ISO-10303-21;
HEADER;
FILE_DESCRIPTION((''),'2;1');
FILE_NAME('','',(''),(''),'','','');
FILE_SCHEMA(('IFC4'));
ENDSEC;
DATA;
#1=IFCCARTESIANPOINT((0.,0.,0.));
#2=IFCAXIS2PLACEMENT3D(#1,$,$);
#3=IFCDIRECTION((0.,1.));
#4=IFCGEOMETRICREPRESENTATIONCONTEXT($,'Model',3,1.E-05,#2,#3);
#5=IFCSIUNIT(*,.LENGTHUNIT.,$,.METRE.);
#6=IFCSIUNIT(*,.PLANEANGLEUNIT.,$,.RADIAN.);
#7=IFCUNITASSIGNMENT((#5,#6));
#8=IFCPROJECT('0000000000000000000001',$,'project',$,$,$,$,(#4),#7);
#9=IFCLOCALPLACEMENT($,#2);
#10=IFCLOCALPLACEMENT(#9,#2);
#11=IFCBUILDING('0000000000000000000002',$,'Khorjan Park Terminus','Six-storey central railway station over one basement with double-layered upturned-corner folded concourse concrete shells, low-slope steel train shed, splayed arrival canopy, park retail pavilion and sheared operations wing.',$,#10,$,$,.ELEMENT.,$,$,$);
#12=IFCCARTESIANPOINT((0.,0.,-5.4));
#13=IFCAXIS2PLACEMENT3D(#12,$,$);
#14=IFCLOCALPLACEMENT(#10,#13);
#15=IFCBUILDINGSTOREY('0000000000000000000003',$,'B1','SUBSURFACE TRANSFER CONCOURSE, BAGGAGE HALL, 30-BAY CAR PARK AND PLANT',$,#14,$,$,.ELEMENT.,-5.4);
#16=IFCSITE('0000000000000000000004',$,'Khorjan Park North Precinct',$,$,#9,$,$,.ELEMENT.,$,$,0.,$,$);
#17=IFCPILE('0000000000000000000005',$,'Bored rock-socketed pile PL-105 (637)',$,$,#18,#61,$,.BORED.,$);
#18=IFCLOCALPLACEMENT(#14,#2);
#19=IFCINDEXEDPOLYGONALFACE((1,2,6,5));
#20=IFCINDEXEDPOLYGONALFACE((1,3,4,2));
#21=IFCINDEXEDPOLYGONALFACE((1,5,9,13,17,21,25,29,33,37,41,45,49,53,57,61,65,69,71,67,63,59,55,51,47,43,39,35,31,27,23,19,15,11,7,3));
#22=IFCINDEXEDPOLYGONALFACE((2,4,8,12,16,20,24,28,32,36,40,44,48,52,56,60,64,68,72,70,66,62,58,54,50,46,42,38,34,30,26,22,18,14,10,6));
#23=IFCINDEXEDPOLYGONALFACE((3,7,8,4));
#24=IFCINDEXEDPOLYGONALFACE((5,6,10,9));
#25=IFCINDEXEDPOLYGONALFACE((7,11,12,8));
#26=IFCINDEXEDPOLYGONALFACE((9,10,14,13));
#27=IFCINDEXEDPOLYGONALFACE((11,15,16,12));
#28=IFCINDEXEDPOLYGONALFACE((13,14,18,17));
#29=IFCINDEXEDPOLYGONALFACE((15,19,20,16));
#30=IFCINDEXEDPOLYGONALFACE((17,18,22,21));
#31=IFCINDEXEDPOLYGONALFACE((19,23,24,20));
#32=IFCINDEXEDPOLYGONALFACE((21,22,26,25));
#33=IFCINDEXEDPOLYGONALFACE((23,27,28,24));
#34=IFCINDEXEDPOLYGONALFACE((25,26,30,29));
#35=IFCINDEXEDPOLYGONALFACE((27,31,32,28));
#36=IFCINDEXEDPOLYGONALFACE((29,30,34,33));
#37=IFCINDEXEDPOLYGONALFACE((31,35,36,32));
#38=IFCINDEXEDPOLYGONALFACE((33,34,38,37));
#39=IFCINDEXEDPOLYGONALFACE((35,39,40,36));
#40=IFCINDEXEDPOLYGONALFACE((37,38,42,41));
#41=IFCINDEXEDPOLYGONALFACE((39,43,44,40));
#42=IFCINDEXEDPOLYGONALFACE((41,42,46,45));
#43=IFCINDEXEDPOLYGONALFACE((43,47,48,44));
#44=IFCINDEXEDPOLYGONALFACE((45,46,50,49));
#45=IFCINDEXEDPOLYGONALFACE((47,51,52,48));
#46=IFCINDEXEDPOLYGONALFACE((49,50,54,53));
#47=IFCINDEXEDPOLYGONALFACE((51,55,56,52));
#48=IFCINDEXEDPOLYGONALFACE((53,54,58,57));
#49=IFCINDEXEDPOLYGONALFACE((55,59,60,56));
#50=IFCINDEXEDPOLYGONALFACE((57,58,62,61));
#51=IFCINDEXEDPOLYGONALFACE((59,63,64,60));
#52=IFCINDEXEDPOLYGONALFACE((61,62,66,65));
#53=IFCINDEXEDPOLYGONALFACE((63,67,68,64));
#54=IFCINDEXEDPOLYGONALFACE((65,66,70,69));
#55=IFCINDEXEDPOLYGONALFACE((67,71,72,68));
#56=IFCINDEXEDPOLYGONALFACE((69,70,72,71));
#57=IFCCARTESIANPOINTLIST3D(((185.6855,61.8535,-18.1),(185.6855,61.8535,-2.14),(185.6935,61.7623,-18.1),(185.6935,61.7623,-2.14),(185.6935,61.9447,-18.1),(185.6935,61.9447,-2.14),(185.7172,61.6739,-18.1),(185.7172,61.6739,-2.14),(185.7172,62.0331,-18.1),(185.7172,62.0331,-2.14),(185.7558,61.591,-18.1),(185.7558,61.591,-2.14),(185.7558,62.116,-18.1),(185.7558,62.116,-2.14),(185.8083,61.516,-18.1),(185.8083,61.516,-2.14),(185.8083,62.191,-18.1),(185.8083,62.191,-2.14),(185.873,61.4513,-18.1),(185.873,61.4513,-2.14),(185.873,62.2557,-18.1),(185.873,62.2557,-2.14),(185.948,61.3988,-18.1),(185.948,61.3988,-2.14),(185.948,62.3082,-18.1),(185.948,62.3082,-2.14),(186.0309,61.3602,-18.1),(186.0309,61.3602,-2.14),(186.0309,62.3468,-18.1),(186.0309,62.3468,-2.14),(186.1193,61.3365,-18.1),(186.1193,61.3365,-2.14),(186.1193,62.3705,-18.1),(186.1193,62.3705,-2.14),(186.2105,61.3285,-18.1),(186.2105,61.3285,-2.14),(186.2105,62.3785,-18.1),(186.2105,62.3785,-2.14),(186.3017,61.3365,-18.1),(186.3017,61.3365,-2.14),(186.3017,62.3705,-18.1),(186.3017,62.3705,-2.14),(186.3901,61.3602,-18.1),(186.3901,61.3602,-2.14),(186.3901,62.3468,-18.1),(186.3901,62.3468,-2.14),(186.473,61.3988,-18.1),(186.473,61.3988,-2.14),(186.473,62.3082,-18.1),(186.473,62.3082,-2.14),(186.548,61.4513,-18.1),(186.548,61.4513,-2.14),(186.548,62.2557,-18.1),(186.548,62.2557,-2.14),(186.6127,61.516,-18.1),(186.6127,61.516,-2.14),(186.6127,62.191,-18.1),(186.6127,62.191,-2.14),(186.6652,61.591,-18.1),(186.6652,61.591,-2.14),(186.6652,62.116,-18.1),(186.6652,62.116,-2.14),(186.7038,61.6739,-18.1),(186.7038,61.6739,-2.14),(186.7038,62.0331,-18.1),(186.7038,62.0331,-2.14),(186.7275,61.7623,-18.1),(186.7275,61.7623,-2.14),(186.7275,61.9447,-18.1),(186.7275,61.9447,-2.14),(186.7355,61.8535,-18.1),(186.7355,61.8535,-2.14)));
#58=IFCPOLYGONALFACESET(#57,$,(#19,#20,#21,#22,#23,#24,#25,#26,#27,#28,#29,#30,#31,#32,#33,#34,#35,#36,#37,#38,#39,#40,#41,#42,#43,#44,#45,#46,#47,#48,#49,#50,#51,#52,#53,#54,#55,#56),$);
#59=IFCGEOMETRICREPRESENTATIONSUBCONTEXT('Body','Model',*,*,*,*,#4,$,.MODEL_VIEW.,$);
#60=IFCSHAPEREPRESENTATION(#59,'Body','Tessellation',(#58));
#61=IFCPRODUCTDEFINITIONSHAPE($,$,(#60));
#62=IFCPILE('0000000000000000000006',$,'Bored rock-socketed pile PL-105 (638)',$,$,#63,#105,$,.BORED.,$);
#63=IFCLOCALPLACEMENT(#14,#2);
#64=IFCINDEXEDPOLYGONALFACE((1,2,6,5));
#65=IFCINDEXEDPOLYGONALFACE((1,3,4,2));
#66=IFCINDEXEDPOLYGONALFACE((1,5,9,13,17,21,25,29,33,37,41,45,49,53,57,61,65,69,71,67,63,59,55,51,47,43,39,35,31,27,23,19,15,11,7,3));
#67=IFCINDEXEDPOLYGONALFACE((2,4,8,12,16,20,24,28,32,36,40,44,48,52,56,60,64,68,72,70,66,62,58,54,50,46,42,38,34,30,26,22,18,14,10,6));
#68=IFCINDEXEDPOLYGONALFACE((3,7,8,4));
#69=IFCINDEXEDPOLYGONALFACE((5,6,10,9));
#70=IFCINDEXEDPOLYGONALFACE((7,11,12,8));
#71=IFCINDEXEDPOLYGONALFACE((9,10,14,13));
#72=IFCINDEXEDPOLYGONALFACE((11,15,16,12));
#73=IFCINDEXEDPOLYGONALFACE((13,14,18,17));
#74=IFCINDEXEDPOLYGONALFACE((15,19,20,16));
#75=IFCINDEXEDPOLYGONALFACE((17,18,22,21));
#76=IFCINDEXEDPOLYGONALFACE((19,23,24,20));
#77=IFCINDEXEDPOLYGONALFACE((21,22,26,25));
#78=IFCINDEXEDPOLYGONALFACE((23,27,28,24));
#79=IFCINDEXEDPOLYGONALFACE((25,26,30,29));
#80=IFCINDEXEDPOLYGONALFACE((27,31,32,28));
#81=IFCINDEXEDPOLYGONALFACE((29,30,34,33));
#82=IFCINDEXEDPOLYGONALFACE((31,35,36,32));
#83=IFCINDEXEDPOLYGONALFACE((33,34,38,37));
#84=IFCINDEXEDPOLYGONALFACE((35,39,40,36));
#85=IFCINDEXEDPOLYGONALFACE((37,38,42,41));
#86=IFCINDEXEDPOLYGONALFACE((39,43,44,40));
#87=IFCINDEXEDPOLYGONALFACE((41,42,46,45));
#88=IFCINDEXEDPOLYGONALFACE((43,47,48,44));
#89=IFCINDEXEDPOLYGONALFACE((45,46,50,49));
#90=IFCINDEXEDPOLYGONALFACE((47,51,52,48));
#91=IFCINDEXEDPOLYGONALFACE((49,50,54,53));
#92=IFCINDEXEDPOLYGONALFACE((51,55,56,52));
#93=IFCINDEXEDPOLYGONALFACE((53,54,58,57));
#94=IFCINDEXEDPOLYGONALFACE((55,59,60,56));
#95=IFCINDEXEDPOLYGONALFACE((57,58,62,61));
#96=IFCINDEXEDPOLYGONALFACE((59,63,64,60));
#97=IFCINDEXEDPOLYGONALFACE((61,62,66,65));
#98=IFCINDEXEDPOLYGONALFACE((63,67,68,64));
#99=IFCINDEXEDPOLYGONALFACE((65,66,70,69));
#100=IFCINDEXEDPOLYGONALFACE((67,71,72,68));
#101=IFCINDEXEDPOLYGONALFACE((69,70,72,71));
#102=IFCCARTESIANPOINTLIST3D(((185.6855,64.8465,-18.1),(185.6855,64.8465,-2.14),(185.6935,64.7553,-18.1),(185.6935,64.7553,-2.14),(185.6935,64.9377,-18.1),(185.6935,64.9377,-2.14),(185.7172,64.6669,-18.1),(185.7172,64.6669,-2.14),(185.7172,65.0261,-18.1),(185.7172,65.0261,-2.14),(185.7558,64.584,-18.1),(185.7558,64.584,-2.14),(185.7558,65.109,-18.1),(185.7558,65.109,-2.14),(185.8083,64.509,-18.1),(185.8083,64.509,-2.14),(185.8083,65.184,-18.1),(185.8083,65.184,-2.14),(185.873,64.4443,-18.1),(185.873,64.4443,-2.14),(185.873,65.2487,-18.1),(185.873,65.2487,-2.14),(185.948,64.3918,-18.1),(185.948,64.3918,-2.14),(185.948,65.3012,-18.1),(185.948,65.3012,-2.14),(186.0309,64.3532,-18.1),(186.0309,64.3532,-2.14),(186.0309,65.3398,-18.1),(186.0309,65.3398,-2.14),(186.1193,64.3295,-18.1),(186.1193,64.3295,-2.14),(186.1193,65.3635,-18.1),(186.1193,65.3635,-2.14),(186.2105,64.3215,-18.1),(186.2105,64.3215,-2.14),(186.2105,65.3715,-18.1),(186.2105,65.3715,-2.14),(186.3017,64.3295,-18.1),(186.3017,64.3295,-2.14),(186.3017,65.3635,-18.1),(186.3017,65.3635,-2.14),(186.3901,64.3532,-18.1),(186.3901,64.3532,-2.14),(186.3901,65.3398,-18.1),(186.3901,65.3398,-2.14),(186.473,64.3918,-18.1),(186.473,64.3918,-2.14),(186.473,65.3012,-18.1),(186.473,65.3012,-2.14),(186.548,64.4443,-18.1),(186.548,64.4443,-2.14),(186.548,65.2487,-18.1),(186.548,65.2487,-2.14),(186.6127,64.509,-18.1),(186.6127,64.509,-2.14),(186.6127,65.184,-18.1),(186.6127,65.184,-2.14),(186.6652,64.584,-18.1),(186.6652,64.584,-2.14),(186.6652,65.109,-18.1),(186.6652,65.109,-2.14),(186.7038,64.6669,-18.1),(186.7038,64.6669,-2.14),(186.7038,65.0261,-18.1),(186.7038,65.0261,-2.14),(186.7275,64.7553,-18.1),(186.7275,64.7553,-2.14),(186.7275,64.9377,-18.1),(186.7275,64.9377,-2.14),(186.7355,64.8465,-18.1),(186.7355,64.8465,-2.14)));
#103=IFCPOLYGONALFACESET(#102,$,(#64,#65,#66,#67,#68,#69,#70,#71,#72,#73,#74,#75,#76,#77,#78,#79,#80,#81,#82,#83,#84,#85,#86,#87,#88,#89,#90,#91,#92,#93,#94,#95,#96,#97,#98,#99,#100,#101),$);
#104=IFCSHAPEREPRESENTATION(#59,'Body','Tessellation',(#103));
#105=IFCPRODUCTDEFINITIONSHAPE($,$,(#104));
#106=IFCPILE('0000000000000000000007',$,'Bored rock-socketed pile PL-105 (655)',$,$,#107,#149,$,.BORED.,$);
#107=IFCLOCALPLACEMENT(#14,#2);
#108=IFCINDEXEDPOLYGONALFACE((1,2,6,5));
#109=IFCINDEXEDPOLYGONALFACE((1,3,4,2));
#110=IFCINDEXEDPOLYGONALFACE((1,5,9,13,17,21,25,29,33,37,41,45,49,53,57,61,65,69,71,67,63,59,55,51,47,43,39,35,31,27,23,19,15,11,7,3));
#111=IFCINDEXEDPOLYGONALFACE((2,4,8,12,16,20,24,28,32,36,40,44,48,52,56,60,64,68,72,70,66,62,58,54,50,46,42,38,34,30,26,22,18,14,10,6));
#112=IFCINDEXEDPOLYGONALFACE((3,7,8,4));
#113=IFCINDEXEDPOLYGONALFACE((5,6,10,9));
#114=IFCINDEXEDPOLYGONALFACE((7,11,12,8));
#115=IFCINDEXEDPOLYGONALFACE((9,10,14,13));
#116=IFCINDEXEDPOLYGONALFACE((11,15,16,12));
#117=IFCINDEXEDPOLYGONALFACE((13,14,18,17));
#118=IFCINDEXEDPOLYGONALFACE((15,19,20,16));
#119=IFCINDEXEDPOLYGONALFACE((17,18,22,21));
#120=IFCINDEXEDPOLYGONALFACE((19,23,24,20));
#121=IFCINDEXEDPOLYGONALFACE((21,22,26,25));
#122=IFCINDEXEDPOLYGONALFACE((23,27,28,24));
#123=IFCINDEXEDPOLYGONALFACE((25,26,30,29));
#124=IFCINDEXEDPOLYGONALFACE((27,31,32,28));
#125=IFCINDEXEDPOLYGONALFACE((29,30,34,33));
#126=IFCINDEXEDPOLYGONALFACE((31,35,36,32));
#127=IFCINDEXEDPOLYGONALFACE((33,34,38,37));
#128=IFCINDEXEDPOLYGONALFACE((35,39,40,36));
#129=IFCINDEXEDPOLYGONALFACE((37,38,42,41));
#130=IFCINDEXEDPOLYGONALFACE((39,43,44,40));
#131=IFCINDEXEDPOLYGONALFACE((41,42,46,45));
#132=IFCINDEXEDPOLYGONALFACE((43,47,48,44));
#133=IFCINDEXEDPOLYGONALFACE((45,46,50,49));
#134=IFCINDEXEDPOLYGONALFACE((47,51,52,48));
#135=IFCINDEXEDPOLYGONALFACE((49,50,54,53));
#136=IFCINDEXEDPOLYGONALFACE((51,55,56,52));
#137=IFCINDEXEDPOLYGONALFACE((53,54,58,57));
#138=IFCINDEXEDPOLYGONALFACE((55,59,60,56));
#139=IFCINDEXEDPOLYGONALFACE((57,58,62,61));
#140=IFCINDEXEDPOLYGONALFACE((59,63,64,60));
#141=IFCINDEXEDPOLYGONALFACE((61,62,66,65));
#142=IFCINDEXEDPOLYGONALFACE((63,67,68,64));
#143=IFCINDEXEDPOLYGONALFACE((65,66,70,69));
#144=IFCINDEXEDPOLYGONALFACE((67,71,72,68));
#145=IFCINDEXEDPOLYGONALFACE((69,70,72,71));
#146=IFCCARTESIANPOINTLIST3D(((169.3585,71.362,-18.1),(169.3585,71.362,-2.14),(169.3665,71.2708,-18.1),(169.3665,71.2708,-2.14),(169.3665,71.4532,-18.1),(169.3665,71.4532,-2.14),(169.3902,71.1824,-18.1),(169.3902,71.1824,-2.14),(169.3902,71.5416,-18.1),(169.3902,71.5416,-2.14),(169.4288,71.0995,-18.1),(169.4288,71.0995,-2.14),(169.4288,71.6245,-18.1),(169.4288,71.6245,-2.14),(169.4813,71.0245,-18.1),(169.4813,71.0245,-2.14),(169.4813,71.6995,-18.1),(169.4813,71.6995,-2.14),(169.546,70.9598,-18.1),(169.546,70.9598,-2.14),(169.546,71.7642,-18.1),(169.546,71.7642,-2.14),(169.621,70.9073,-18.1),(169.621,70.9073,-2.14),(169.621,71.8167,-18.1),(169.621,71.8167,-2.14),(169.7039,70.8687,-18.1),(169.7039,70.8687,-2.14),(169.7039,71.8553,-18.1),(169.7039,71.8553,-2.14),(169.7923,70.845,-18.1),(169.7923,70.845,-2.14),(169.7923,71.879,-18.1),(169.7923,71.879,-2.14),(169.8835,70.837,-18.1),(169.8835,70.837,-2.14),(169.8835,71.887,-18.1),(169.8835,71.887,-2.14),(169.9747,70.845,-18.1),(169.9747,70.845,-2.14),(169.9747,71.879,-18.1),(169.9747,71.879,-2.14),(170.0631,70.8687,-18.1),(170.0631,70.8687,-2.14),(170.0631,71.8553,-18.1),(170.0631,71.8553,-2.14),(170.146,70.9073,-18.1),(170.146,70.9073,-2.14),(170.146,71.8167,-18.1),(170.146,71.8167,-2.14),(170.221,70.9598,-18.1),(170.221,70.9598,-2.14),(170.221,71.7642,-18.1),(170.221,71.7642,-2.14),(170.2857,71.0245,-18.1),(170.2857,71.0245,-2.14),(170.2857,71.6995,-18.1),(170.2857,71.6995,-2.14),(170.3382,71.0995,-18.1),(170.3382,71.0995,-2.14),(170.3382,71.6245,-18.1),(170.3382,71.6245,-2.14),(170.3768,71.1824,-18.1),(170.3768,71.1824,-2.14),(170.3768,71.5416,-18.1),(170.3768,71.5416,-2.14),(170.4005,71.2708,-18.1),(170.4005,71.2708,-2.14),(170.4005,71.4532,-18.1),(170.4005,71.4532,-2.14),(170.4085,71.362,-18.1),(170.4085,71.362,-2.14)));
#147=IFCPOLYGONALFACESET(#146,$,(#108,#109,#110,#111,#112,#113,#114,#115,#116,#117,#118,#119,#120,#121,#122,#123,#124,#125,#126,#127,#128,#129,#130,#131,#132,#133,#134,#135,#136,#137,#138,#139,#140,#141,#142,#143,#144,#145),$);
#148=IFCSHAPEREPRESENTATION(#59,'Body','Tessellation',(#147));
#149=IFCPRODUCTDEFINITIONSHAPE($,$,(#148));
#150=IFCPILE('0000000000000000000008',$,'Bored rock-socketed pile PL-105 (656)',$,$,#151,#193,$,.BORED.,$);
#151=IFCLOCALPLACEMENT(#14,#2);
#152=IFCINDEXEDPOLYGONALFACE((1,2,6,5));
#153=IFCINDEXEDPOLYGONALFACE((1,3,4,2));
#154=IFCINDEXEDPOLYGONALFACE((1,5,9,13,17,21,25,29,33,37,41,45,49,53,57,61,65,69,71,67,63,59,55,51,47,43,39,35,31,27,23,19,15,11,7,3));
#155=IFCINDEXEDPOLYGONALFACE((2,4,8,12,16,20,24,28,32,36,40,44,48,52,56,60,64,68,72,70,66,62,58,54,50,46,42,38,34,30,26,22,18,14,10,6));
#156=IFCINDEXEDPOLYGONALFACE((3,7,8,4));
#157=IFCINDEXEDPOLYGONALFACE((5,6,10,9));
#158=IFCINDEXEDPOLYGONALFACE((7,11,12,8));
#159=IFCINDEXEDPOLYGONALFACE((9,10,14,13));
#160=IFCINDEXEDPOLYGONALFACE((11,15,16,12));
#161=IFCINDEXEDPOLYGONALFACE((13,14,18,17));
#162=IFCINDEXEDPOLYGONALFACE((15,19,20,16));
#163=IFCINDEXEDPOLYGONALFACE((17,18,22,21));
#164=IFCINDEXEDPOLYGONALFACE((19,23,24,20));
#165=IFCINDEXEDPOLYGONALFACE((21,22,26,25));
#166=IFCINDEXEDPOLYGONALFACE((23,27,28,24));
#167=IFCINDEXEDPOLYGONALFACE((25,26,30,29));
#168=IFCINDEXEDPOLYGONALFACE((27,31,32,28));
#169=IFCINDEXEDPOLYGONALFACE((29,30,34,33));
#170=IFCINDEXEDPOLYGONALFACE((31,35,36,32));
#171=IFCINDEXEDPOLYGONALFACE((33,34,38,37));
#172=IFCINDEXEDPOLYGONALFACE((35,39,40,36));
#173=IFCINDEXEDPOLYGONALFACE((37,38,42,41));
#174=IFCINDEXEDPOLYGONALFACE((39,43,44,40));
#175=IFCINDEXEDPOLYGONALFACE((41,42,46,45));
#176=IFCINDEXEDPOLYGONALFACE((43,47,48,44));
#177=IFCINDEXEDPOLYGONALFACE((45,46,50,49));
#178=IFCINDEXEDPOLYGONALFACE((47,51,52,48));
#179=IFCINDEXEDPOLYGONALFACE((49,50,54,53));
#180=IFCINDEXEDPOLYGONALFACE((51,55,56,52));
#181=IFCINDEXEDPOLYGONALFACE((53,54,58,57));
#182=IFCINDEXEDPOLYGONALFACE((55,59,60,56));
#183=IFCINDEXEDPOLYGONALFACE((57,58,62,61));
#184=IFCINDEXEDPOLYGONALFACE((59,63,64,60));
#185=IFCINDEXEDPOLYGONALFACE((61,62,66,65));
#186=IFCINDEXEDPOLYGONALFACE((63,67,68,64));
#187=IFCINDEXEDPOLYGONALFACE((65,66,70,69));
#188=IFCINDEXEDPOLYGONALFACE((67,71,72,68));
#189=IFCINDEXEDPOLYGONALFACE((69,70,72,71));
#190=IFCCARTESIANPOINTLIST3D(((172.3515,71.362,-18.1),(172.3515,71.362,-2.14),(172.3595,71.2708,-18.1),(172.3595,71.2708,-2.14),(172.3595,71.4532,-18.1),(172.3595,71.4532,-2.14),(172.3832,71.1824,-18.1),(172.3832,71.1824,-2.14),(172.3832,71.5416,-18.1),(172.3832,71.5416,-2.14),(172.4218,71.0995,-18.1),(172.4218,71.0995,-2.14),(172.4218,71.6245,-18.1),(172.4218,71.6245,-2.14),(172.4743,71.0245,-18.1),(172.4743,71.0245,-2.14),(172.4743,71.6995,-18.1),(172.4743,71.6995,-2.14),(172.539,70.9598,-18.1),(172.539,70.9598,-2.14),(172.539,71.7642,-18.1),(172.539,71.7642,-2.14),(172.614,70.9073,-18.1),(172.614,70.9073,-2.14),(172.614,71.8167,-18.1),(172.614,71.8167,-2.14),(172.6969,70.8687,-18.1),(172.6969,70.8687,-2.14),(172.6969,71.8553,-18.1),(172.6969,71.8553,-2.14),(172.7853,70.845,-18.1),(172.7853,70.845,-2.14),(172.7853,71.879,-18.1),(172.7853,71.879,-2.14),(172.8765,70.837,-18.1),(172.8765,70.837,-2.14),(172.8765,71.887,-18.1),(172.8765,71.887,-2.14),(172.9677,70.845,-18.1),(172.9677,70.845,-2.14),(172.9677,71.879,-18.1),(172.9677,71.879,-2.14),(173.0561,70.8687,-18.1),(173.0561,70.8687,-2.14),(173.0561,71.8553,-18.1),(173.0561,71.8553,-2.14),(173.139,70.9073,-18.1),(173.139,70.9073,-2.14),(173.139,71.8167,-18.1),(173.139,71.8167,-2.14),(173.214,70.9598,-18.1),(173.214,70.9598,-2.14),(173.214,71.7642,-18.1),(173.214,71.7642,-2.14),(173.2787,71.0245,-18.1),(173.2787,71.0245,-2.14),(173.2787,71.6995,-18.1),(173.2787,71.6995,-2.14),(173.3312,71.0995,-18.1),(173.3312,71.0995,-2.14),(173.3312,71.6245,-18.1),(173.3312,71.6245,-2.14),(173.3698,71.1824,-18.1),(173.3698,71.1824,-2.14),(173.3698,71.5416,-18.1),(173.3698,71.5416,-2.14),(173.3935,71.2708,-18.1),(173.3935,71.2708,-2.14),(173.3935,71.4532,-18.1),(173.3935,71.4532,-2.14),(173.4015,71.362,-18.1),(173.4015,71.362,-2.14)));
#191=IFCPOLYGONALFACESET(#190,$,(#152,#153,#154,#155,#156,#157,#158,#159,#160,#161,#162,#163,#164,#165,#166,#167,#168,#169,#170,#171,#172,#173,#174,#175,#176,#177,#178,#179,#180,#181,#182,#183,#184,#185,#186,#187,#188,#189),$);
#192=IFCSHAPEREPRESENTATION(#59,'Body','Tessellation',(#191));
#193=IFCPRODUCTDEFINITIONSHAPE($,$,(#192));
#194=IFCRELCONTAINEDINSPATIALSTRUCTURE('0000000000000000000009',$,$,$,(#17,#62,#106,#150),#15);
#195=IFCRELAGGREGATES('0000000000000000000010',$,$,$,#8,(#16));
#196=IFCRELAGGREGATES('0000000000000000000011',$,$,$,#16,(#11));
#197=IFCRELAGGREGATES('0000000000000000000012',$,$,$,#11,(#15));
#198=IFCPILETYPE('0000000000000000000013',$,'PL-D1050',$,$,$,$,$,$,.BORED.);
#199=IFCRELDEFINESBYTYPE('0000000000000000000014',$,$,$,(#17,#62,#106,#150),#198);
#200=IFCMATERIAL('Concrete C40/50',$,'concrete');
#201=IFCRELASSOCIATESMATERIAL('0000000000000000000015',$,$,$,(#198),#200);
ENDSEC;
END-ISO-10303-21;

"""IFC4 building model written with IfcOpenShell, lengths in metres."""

from ifc_helpers import new_model, si_unit, direction, frame, origin, origin_2d, place, context, subcontext, project, spatial, circle, extrude, material, material_profile, profile_set, type_object, element, save


model = new_model("IFC4")

# Units and contexts
model_context = context("Model", 3, precision=1e-05, world=origin(), true_north=direction((0.0, 1.0)))
body_context = subcontext(model_context, "Body", "Model", "MODEL_VIEW")
ifc_project = project(units=[si_unit("LENGTHUNIT", "METRE"), si_unit("PLANEANGLEUNIT", "RADIAN")], contexts=[model_context])

# Site, building, storey
site_placement = place(None, origin())
site = spatial("IfcSite", under=ifc_project, at=site_placement, Name="Khorjan Park North Precinct", CompositionType="ELEMENT", RefElevation=0.0)
building_placement = place(site_placement, origin())
building = spatial("IfcBuilding", under=site, at=building_placement, Name="Khorjan Park Terminus", Description="Six-storey central railway station over one basement with double-layered upturned-corner folded concourse concrete shells, low-slope steel train shed, splayed arrival canopy, park retail pavilion and sheared operations wing.", CompositionType="ELEMENT")
storey_placement = place(building_placement, frame((0.0, 0.0, -5.4)))
storey = spatial("IfcBuildingStorey", under=building, at=storey_placement, Name="B1", Description="SUBSURFACE TRANSFER CONCOURSE, BAGGAGE HALL, 30-BAY CAR PARK AND PLANT", CompositionType="ELEMENT", Elevation=-5.4)

# Piles
ifc_material_1 = material(Name="Concrete C40/50", Category="concrete")
ifc_material_profile_1 = material_profile(ifc_material_1, circle(Radius=0.525, at=origin_2d()), Name="BORED D1050")
ifc_profile_set_1 = profile_set([ifc_material_profile_1], Name="Concrete C40/50")
pile_type_1 = type_object("IfcPileType", Name="PL-D1050", PredefinedType="BORED", material=ifc_profile_set_1)
for number, where, z_axis, x_axis, name in (
    (1, (186.2105, 61.8535, -2.14), (0.0, 0.0, -1.0), (1.0, 0.0, 0.0), "Bored rock-socketed pile PL-105 (637)"),
    (2, (186.2105, 64.8465, -2.14), (0.0, 0.0, -1.0), (1.0, 0.0, 0.0), "Bored rock-socketed pile PL-105 (638)"),
    (3, (169.8835, 71.362, -2.14), (0.0, 0.0, -1.0), (1.0, 0.0, 0.0), "Bored rock-socketed pile PL-105 (655)"),
    (4, (172.8765, 71.362, -2.14), (0.0, 0.0, -1.0), (1.0, 0.0, 0.0), "Bored rock-socketed pile PL-105 (656)"),
):
    element("IfcPile", number, at=place(storey_placement, frame(where, z_axis=z_axis, x_axis=x_axis)), inside=storey, type_object=pile_type_1, Name=name, PredefinedType="BORED", context=body_context, shape_type="SweptSolid", body=[
        extrude(circle(Radius=0.525, at=origin_2d()), origin(), (0.0, 0.0, 1.0), 15.96),
    ])

save(model, "model.ifc")
